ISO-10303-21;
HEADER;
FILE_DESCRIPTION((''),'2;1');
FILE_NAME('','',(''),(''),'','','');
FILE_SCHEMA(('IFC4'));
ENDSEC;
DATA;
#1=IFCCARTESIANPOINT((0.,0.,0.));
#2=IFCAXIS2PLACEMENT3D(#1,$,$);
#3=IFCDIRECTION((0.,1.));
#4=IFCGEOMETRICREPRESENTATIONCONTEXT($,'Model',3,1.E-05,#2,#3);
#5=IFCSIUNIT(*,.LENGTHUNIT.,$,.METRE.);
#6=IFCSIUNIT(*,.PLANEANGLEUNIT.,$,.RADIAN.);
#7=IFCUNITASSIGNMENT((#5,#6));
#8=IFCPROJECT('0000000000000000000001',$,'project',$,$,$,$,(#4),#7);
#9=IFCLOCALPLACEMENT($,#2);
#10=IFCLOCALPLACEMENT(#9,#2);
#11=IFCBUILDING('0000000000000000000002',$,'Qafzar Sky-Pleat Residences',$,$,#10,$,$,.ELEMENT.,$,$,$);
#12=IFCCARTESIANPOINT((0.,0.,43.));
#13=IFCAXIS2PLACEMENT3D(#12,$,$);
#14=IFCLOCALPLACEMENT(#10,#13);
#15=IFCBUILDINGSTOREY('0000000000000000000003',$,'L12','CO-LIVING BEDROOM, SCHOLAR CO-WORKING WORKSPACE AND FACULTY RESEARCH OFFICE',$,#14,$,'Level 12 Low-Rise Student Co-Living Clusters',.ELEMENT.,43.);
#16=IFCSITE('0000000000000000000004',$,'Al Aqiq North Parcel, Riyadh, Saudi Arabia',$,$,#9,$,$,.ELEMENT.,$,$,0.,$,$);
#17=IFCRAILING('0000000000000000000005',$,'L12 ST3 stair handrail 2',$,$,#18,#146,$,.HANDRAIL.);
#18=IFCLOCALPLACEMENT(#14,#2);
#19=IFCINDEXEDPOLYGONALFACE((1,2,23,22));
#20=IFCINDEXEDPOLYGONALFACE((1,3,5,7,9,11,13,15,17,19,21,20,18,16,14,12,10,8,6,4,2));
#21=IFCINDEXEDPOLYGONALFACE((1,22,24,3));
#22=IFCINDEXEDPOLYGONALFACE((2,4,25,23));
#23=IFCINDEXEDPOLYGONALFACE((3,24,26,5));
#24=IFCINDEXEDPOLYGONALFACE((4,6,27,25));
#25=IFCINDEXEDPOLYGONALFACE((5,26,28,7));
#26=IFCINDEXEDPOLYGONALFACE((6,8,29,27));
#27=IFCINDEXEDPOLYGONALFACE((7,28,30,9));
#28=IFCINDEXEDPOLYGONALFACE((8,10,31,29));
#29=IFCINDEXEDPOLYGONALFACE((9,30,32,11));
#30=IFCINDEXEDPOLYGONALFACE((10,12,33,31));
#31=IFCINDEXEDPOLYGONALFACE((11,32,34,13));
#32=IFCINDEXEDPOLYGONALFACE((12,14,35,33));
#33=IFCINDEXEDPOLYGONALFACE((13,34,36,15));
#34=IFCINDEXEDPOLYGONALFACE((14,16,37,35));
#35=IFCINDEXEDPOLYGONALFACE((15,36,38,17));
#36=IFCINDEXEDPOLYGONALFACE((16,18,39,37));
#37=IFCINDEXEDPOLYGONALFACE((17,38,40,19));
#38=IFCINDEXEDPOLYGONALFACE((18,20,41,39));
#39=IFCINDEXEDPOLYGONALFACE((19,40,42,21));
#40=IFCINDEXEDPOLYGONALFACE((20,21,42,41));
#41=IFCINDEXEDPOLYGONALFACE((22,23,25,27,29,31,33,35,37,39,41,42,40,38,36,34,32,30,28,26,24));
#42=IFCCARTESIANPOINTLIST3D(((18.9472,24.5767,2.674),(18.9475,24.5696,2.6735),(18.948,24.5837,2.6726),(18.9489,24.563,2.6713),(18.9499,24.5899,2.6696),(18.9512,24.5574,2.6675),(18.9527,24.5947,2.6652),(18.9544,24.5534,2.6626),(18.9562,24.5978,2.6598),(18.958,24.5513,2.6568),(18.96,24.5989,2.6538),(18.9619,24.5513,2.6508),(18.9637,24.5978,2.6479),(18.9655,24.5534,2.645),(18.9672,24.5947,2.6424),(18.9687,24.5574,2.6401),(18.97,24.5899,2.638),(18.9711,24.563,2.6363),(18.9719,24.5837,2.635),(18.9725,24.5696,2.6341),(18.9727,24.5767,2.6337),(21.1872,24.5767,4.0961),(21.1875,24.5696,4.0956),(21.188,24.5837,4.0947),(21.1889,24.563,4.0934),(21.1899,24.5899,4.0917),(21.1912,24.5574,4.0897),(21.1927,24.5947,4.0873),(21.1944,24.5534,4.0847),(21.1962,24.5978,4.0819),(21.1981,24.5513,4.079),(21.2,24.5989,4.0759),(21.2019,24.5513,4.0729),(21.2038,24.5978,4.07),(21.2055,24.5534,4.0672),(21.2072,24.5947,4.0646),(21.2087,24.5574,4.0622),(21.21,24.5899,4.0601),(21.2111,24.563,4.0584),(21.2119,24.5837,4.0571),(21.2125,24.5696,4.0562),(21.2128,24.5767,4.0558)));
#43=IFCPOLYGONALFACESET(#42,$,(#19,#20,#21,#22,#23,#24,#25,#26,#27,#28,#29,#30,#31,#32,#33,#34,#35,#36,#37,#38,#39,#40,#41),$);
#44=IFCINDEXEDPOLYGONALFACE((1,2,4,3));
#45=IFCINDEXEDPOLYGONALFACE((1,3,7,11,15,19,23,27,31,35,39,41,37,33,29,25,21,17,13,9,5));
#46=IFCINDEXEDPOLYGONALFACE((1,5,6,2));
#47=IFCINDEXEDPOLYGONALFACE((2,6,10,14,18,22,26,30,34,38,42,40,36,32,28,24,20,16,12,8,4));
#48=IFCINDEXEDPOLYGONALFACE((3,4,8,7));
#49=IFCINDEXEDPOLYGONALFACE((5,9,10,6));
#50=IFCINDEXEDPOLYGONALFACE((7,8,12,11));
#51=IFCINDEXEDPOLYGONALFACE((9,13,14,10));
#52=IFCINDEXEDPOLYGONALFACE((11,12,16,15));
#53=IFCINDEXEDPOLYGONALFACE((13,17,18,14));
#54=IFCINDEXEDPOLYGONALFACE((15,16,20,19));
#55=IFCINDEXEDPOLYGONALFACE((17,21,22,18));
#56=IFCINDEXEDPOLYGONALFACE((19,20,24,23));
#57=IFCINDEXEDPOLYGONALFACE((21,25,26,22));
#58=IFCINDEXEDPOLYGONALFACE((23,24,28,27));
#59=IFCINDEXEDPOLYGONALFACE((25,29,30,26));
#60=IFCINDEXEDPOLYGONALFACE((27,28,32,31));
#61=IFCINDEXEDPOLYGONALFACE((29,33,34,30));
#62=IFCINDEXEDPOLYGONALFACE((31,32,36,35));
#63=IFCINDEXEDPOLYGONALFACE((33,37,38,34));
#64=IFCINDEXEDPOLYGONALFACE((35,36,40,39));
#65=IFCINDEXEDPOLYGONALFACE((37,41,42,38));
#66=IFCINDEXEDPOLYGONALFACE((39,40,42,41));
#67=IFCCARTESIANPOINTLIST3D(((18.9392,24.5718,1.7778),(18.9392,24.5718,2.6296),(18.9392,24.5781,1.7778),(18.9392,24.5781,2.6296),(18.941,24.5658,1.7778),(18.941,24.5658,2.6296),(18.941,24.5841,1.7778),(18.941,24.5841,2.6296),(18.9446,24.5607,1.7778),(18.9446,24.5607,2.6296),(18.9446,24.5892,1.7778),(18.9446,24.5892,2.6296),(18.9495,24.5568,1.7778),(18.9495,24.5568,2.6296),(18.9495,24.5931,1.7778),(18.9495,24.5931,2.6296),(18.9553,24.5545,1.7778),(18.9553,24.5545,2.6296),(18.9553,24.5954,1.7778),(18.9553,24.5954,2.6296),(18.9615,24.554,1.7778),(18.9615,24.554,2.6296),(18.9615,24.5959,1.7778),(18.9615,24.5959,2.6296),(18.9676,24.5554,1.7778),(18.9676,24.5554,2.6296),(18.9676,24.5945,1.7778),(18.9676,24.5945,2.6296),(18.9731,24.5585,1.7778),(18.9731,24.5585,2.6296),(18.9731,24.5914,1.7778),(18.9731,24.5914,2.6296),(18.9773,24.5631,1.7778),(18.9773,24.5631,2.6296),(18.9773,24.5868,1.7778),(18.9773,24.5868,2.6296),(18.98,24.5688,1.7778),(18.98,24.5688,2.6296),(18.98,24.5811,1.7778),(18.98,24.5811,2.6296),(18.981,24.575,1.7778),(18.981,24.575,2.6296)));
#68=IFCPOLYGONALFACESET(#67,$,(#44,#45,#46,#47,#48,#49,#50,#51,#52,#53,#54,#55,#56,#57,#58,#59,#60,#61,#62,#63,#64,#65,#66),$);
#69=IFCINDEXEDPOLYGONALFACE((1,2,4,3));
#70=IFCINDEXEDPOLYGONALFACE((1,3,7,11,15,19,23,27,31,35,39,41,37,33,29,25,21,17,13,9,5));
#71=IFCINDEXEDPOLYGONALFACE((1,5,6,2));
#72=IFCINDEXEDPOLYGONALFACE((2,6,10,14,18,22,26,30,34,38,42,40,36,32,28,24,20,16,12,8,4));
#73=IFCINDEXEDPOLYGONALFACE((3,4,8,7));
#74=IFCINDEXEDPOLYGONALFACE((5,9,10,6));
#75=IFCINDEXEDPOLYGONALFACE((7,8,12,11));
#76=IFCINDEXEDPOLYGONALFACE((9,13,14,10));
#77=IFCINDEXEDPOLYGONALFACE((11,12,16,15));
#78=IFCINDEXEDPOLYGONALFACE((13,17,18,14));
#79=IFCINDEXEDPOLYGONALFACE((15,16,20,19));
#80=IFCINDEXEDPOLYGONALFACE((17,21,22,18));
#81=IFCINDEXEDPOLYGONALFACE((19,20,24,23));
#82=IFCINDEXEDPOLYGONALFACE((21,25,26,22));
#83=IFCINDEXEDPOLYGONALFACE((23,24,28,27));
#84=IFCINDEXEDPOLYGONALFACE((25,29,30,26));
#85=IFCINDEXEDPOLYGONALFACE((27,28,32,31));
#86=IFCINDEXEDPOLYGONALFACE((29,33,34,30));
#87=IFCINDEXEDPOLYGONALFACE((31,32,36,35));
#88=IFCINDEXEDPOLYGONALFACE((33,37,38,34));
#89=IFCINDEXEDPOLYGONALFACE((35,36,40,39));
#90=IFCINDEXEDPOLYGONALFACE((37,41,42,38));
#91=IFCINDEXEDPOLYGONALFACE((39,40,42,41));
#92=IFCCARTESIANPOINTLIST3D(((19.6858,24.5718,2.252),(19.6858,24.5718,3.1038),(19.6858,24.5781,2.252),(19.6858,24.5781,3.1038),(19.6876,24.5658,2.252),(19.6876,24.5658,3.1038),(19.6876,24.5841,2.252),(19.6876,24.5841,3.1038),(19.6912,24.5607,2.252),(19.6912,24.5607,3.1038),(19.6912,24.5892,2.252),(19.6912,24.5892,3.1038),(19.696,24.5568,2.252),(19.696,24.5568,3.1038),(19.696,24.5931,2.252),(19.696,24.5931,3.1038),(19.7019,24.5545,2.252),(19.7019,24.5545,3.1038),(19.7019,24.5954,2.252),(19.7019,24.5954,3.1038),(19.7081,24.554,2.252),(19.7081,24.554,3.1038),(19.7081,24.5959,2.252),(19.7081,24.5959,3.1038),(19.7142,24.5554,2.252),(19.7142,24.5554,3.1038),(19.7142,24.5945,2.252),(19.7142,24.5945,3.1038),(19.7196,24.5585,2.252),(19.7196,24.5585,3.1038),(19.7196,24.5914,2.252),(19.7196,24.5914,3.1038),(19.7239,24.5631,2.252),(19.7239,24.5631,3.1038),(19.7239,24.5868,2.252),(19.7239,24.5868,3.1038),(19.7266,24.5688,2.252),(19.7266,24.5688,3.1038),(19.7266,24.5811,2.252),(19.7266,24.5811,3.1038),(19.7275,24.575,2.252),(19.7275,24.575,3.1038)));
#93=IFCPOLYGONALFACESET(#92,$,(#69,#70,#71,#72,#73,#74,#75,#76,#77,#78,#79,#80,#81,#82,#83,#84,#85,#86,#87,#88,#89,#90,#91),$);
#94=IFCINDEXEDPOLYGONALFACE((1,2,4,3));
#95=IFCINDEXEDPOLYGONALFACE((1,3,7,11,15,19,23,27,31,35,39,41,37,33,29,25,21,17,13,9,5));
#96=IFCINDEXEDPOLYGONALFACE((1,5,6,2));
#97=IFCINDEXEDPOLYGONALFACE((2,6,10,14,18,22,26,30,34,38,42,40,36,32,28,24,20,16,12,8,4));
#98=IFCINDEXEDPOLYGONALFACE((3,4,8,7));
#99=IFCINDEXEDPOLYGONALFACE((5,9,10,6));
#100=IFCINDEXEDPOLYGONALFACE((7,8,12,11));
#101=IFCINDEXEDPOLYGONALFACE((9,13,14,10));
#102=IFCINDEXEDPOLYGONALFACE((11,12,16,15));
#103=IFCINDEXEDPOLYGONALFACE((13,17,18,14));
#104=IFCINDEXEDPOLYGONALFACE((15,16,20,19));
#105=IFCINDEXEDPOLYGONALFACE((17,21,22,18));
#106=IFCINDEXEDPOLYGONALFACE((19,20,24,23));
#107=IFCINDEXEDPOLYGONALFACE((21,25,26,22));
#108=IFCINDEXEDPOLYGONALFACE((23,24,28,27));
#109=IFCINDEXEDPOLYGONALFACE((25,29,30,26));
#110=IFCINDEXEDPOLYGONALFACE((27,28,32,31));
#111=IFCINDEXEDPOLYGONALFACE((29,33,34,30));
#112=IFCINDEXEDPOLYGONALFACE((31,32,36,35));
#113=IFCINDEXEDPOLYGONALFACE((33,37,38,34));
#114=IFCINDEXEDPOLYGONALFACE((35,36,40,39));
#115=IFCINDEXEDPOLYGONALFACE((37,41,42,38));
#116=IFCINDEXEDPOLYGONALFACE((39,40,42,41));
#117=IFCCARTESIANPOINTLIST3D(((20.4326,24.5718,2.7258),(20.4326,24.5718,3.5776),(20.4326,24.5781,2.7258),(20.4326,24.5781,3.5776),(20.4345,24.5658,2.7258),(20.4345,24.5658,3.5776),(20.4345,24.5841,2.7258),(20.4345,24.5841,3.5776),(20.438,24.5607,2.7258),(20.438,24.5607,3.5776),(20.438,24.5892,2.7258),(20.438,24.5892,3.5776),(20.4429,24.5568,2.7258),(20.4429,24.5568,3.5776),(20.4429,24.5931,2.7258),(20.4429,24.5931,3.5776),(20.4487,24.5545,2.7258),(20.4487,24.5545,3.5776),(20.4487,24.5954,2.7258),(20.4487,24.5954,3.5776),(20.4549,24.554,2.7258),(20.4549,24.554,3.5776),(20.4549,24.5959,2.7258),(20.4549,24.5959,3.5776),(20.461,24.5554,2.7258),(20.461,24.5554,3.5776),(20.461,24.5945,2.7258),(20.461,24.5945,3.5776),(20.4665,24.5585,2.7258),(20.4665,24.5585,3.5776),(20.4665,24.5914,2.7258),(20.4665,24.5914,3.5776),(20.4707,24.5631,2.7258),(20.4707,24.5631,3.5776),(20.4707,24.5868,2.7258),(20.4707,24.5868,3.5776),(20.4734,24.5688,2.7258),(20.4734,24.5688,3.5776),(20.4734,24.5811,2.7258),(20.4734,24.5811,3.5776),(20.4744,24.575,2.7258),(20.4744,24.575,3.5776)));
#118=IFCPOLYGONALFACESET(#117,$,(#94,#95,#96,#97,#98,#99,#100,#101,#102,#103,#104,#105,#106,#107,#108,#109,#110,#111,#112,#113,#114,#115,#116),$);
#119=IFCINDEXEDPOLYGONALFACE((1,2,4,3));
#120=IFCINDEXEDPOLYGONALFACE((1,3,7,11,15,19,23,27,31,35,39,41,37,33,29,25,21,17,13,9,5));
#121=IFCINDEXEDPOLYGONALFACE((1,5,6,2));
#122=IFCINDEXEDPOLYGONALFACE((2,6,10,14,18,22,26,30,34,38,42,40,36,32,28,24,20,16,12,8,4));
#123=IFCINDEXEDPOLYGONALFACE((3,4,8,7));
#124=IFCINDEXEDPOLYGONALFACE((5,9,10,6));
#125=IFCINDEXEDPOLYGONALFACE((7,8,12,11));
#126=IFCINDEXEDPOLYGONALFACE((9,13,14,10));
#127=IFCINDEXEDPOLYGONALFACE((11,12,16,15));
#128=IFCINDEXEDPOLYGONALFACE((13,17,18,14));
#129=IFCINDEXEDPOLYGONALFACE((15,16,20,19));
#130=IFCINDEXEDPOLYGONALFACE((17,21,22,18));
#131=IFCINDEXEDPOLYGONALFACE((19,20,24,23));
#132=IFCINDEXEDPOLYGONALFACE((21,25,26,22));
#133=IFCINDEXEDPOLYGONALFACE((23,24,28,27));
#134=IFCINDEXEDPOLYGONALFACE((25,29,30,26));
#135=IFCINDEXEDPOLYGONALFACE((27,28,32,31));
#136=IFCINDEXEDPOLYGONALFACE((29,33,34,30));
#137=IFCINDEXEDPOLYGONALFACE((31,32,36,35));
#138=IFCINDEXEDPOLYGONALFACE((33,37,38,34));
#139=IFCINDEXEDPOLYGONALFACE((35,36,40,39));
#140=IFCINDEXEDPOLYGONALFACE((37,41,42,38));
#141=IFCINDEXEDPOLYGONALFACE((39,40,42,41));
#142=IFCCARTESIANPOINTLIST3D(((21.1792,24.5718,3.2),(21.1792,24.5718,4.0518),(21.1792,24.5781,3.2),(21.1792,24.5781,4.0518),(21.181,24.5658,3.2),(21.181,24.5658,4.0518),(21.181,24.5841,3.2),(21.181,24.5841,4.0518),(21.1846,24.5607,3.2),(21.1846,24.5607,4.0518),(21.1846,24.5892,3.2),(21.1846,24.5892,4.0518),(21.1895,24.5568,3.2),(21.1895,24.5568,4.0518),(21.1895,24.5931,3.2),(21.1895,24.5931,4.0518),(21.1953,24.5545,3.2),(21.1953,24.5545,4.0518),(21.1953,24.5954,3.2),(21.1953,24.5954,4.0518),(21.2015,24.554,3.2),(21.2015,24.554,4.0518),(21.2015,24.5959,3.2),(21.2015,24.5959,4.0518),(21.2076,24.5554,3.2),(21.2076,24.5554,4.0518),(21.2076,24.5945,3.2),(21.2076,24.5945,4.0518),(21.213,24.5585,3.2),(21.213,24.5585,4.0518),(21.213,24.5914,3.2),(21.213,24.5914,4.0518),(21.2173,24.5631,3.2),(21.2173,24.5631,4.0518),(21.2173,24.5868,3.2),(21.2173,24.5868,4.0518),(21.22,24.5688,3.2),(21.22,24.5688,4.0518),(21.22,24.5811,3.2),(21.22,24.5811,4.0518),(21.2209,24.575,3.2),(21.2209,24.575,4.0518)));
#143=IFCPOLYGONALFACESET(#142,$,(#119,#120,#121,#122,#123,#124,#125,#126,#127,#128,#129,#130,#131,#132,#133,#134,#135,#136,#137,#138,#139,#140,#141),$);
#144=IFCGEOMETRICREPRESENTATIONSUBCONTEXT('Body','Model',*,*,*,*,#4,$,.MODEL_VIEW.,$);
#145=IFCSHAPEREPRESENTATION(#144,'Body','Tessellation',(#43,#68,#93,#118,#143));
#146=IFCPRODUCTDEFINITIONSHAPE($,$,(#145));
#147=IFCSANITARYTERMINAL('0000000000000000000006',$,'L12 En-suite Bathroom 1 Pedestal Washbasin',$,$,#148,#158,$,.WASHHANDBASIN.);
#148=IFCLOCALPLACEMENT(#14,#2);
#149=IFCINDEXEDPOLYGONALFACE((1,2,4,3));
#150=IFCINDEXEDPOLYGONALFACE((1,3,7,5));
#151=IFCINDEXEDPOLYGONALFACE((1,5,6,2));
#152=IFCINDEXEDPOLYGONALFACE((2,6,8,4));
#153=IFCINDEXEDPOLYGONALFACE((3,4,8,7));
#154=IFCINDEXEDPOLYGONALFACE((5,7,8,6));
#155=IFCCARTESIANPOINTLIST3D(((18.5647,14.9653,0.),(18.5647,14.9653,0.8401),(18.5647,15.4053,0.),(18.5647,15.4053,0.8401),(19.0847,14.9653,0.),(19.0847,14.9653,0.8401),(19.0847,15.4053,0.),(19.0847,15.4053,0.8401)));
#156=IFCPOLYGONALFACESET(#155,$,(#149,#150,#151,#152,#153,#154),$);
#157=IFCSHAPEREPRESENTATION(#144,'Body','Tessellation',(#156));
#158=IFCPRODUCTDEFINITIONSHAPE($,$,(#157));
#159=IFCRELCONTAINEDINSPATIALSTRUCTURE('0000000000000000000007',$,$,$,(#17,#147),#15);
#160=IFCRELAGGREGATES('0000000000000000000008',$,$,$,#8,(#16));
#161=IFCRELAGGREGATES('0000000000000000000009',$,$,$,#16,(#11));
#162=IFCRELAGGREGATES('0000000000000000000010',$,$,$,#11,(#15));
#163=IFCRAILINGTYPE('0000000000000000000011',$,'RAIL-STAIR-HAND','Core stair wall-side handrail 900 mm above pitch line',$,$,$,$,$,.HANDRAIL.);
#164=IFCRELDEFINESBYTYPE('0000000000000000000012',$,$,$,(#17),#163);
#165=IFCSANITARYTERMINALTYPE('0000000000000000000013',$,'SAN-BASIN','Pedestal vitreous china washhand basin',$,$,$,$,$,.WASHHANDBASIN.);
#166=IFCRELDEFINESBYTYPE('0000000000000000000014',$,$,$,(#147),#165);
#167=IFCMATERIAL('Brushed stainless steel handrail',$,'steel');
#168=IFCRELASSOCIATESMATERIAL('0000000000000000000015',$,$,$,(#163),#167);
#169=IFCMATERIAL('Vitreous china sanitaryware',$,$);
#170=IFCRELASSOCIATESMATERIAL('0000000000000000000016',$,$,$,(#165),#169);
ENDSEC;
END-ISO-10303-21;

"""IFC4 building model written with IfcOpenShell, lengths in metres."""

from ifc_helpers import new_model, si_unit, direction, frame, origin, origin_2d, place, context, subcontext, project, spatial, rectangle, circle, extrude, source, transform, mapped, material, type_object, element, save


model = new_model("IFC4")

# Units and contexts
model_context = context("Model", 3, precision=1e-05, world=origin(), true_north=direction((0.0, 1.0)))
body_context = subcontext(model_context, "Body", "Model", "MODEL_VIEW")
ifc_project = project(units=[si_unit("LENGTHUNIT", "METRE"), si_unit("PLANEANGLEUNIT", "RADIAN")], contexts=[model_context])

# Site, building, storey
site_placement = place(None, origin())
site = spatial("IfcSite", under=ifc_project, at=site_placement, Name="Al Aqiq North Parcel, Riyadh, Saudi Arabia", CompositionType="ELEMENT", RefElevation=0.0)
building_placement = place(site_placement, origin())
building = spatial("IfcBuilding", under=site, at=building_placement, Name="Qafzar Sky-Pleat Residences", CompositionType="ELEMENT")
storey_placement = place(building_placement, frame((0.0, 0.0, 43.0)))
storey = spatial("IfcBuildingStorey", under=building, at=storey_placement, Name="L12", Description="CO-LIVING BEDROOM, SCHOLAR CO-WORKING WORKSPACE AND FACULTY RESEARCH OFFICE", LongName="Level 12 Low-Rise Student Co-Living Clusters", CompositionType="ELEMENT", Elevation=43.0)

# Railing
ifc_material_1 = material(Name="Brushed stainless steel handrail", Category="steel")
railing_type_1 = type_object("IfcRailingType", Name="RAIL-STAIR-HAND", Description="Core stair wall-side handrail 900 mm above pitch line", PredefinedType="HANDRAIL", material=ifc_material_1)
shared_shape_1 = source(origin(), body_context, "Body", "SweptSolid", [
    extrude(circle(Radius=0.0239, at=origin_2d()), frame((0.0, 0.0, 0.876), z_axis=(0.844229, 0.0, 0.535982), x_axis=(0.0, 1.0, 0.0)), (0.0, 0.0, 1.0), 2.6533),
    extrude(circle(Radius=0.021, at=origin_2d()), origin(), (0.0, 0.0, 1.0), 0.8518),
    extrude(circle(Radius=0.021, at=origin_2d()), frame((0.7466, 0.0, 0.4741)), (0.0, 0.0, 1.0), 0.8518),
    extrude(circle(Radius=0.021, at=origin_2d()), frame((1.4934, 0.0, 0.948)), (0.0, 0.0, 1.0), 0.8518),
    extrude(circle(Radius=0.021, at=origin_2d()), frame((2.24, 0.0, 1.4221)), (0.0, 0.0, 1.0), 0.8518),
])
for number, where, name in (
    (1, (18.96, 24.575, 1.7778), "L12 ST3 stair handrail 2"),
):
    element("IfcRailing", number, at=place(storey_placement, frame(where)), inside=storey, type_object=railing_type_1, Name=name, PredefinedType="HANDRAIL", context=body_context, shape_type="MappedRepresentation", body=[
        mapped(shared_shape_1, transform((0.0, 0.0, 0.0), x_axis=(1.0, 0.0, 0.0), y_axis=(0.0, 1.0, 0.0), z_axis=(0.0, 0.0, 1.0), scale=1.0)),
    ])

# Sanitary terminal
ifc_material_2 = material(Name="Vitreous china sanitaryware")
sanitary_terminal_type = type_object("IfcSanitaryTerminalType", Name="SAN-BASIN", Description="Pedestal vitreous china washhand basin", PredefinedType="WASHHANDBASIN", material=ifc_material_2)
shared_shape_2 = source(origin(), body_context, "Body", "SweptSolid", [
    extrude(rectangle(XDim=0.52, YDim=0.4399, at=origin_2d()), origin(), (0.0, 0.0, 1.0), 0.8401),
])
sanitary_terminal_placement = place(storey_placement, frame((18.8247, 15.1853, 0.0), z_axis=(0.0, 0.0, 1.0), x_axis=(1.0, 0.0, 0.0)))
element("IfcSanitaryTerminal", 2, at=sanitary_terminal_placement, inside=storey, type_object=sanitary_terminal_type, Name="L12 En-suite Bathroom 1 Pedestal Washbasin", PredefinedType="WASHHANDBASIN", context=body_context, shape_type="MappedRepresentation", body=[
    mapped(shared_shape_2, transform((0.0, 0.0, 0.0), x_axis=(1.0, 0.0, 0.0), y_axis=(0.0, 1.0, 0.0), z_axis=(0.0, 0.0, 1.0), scale=1.0)),
])

save(model, "model.ifc")
